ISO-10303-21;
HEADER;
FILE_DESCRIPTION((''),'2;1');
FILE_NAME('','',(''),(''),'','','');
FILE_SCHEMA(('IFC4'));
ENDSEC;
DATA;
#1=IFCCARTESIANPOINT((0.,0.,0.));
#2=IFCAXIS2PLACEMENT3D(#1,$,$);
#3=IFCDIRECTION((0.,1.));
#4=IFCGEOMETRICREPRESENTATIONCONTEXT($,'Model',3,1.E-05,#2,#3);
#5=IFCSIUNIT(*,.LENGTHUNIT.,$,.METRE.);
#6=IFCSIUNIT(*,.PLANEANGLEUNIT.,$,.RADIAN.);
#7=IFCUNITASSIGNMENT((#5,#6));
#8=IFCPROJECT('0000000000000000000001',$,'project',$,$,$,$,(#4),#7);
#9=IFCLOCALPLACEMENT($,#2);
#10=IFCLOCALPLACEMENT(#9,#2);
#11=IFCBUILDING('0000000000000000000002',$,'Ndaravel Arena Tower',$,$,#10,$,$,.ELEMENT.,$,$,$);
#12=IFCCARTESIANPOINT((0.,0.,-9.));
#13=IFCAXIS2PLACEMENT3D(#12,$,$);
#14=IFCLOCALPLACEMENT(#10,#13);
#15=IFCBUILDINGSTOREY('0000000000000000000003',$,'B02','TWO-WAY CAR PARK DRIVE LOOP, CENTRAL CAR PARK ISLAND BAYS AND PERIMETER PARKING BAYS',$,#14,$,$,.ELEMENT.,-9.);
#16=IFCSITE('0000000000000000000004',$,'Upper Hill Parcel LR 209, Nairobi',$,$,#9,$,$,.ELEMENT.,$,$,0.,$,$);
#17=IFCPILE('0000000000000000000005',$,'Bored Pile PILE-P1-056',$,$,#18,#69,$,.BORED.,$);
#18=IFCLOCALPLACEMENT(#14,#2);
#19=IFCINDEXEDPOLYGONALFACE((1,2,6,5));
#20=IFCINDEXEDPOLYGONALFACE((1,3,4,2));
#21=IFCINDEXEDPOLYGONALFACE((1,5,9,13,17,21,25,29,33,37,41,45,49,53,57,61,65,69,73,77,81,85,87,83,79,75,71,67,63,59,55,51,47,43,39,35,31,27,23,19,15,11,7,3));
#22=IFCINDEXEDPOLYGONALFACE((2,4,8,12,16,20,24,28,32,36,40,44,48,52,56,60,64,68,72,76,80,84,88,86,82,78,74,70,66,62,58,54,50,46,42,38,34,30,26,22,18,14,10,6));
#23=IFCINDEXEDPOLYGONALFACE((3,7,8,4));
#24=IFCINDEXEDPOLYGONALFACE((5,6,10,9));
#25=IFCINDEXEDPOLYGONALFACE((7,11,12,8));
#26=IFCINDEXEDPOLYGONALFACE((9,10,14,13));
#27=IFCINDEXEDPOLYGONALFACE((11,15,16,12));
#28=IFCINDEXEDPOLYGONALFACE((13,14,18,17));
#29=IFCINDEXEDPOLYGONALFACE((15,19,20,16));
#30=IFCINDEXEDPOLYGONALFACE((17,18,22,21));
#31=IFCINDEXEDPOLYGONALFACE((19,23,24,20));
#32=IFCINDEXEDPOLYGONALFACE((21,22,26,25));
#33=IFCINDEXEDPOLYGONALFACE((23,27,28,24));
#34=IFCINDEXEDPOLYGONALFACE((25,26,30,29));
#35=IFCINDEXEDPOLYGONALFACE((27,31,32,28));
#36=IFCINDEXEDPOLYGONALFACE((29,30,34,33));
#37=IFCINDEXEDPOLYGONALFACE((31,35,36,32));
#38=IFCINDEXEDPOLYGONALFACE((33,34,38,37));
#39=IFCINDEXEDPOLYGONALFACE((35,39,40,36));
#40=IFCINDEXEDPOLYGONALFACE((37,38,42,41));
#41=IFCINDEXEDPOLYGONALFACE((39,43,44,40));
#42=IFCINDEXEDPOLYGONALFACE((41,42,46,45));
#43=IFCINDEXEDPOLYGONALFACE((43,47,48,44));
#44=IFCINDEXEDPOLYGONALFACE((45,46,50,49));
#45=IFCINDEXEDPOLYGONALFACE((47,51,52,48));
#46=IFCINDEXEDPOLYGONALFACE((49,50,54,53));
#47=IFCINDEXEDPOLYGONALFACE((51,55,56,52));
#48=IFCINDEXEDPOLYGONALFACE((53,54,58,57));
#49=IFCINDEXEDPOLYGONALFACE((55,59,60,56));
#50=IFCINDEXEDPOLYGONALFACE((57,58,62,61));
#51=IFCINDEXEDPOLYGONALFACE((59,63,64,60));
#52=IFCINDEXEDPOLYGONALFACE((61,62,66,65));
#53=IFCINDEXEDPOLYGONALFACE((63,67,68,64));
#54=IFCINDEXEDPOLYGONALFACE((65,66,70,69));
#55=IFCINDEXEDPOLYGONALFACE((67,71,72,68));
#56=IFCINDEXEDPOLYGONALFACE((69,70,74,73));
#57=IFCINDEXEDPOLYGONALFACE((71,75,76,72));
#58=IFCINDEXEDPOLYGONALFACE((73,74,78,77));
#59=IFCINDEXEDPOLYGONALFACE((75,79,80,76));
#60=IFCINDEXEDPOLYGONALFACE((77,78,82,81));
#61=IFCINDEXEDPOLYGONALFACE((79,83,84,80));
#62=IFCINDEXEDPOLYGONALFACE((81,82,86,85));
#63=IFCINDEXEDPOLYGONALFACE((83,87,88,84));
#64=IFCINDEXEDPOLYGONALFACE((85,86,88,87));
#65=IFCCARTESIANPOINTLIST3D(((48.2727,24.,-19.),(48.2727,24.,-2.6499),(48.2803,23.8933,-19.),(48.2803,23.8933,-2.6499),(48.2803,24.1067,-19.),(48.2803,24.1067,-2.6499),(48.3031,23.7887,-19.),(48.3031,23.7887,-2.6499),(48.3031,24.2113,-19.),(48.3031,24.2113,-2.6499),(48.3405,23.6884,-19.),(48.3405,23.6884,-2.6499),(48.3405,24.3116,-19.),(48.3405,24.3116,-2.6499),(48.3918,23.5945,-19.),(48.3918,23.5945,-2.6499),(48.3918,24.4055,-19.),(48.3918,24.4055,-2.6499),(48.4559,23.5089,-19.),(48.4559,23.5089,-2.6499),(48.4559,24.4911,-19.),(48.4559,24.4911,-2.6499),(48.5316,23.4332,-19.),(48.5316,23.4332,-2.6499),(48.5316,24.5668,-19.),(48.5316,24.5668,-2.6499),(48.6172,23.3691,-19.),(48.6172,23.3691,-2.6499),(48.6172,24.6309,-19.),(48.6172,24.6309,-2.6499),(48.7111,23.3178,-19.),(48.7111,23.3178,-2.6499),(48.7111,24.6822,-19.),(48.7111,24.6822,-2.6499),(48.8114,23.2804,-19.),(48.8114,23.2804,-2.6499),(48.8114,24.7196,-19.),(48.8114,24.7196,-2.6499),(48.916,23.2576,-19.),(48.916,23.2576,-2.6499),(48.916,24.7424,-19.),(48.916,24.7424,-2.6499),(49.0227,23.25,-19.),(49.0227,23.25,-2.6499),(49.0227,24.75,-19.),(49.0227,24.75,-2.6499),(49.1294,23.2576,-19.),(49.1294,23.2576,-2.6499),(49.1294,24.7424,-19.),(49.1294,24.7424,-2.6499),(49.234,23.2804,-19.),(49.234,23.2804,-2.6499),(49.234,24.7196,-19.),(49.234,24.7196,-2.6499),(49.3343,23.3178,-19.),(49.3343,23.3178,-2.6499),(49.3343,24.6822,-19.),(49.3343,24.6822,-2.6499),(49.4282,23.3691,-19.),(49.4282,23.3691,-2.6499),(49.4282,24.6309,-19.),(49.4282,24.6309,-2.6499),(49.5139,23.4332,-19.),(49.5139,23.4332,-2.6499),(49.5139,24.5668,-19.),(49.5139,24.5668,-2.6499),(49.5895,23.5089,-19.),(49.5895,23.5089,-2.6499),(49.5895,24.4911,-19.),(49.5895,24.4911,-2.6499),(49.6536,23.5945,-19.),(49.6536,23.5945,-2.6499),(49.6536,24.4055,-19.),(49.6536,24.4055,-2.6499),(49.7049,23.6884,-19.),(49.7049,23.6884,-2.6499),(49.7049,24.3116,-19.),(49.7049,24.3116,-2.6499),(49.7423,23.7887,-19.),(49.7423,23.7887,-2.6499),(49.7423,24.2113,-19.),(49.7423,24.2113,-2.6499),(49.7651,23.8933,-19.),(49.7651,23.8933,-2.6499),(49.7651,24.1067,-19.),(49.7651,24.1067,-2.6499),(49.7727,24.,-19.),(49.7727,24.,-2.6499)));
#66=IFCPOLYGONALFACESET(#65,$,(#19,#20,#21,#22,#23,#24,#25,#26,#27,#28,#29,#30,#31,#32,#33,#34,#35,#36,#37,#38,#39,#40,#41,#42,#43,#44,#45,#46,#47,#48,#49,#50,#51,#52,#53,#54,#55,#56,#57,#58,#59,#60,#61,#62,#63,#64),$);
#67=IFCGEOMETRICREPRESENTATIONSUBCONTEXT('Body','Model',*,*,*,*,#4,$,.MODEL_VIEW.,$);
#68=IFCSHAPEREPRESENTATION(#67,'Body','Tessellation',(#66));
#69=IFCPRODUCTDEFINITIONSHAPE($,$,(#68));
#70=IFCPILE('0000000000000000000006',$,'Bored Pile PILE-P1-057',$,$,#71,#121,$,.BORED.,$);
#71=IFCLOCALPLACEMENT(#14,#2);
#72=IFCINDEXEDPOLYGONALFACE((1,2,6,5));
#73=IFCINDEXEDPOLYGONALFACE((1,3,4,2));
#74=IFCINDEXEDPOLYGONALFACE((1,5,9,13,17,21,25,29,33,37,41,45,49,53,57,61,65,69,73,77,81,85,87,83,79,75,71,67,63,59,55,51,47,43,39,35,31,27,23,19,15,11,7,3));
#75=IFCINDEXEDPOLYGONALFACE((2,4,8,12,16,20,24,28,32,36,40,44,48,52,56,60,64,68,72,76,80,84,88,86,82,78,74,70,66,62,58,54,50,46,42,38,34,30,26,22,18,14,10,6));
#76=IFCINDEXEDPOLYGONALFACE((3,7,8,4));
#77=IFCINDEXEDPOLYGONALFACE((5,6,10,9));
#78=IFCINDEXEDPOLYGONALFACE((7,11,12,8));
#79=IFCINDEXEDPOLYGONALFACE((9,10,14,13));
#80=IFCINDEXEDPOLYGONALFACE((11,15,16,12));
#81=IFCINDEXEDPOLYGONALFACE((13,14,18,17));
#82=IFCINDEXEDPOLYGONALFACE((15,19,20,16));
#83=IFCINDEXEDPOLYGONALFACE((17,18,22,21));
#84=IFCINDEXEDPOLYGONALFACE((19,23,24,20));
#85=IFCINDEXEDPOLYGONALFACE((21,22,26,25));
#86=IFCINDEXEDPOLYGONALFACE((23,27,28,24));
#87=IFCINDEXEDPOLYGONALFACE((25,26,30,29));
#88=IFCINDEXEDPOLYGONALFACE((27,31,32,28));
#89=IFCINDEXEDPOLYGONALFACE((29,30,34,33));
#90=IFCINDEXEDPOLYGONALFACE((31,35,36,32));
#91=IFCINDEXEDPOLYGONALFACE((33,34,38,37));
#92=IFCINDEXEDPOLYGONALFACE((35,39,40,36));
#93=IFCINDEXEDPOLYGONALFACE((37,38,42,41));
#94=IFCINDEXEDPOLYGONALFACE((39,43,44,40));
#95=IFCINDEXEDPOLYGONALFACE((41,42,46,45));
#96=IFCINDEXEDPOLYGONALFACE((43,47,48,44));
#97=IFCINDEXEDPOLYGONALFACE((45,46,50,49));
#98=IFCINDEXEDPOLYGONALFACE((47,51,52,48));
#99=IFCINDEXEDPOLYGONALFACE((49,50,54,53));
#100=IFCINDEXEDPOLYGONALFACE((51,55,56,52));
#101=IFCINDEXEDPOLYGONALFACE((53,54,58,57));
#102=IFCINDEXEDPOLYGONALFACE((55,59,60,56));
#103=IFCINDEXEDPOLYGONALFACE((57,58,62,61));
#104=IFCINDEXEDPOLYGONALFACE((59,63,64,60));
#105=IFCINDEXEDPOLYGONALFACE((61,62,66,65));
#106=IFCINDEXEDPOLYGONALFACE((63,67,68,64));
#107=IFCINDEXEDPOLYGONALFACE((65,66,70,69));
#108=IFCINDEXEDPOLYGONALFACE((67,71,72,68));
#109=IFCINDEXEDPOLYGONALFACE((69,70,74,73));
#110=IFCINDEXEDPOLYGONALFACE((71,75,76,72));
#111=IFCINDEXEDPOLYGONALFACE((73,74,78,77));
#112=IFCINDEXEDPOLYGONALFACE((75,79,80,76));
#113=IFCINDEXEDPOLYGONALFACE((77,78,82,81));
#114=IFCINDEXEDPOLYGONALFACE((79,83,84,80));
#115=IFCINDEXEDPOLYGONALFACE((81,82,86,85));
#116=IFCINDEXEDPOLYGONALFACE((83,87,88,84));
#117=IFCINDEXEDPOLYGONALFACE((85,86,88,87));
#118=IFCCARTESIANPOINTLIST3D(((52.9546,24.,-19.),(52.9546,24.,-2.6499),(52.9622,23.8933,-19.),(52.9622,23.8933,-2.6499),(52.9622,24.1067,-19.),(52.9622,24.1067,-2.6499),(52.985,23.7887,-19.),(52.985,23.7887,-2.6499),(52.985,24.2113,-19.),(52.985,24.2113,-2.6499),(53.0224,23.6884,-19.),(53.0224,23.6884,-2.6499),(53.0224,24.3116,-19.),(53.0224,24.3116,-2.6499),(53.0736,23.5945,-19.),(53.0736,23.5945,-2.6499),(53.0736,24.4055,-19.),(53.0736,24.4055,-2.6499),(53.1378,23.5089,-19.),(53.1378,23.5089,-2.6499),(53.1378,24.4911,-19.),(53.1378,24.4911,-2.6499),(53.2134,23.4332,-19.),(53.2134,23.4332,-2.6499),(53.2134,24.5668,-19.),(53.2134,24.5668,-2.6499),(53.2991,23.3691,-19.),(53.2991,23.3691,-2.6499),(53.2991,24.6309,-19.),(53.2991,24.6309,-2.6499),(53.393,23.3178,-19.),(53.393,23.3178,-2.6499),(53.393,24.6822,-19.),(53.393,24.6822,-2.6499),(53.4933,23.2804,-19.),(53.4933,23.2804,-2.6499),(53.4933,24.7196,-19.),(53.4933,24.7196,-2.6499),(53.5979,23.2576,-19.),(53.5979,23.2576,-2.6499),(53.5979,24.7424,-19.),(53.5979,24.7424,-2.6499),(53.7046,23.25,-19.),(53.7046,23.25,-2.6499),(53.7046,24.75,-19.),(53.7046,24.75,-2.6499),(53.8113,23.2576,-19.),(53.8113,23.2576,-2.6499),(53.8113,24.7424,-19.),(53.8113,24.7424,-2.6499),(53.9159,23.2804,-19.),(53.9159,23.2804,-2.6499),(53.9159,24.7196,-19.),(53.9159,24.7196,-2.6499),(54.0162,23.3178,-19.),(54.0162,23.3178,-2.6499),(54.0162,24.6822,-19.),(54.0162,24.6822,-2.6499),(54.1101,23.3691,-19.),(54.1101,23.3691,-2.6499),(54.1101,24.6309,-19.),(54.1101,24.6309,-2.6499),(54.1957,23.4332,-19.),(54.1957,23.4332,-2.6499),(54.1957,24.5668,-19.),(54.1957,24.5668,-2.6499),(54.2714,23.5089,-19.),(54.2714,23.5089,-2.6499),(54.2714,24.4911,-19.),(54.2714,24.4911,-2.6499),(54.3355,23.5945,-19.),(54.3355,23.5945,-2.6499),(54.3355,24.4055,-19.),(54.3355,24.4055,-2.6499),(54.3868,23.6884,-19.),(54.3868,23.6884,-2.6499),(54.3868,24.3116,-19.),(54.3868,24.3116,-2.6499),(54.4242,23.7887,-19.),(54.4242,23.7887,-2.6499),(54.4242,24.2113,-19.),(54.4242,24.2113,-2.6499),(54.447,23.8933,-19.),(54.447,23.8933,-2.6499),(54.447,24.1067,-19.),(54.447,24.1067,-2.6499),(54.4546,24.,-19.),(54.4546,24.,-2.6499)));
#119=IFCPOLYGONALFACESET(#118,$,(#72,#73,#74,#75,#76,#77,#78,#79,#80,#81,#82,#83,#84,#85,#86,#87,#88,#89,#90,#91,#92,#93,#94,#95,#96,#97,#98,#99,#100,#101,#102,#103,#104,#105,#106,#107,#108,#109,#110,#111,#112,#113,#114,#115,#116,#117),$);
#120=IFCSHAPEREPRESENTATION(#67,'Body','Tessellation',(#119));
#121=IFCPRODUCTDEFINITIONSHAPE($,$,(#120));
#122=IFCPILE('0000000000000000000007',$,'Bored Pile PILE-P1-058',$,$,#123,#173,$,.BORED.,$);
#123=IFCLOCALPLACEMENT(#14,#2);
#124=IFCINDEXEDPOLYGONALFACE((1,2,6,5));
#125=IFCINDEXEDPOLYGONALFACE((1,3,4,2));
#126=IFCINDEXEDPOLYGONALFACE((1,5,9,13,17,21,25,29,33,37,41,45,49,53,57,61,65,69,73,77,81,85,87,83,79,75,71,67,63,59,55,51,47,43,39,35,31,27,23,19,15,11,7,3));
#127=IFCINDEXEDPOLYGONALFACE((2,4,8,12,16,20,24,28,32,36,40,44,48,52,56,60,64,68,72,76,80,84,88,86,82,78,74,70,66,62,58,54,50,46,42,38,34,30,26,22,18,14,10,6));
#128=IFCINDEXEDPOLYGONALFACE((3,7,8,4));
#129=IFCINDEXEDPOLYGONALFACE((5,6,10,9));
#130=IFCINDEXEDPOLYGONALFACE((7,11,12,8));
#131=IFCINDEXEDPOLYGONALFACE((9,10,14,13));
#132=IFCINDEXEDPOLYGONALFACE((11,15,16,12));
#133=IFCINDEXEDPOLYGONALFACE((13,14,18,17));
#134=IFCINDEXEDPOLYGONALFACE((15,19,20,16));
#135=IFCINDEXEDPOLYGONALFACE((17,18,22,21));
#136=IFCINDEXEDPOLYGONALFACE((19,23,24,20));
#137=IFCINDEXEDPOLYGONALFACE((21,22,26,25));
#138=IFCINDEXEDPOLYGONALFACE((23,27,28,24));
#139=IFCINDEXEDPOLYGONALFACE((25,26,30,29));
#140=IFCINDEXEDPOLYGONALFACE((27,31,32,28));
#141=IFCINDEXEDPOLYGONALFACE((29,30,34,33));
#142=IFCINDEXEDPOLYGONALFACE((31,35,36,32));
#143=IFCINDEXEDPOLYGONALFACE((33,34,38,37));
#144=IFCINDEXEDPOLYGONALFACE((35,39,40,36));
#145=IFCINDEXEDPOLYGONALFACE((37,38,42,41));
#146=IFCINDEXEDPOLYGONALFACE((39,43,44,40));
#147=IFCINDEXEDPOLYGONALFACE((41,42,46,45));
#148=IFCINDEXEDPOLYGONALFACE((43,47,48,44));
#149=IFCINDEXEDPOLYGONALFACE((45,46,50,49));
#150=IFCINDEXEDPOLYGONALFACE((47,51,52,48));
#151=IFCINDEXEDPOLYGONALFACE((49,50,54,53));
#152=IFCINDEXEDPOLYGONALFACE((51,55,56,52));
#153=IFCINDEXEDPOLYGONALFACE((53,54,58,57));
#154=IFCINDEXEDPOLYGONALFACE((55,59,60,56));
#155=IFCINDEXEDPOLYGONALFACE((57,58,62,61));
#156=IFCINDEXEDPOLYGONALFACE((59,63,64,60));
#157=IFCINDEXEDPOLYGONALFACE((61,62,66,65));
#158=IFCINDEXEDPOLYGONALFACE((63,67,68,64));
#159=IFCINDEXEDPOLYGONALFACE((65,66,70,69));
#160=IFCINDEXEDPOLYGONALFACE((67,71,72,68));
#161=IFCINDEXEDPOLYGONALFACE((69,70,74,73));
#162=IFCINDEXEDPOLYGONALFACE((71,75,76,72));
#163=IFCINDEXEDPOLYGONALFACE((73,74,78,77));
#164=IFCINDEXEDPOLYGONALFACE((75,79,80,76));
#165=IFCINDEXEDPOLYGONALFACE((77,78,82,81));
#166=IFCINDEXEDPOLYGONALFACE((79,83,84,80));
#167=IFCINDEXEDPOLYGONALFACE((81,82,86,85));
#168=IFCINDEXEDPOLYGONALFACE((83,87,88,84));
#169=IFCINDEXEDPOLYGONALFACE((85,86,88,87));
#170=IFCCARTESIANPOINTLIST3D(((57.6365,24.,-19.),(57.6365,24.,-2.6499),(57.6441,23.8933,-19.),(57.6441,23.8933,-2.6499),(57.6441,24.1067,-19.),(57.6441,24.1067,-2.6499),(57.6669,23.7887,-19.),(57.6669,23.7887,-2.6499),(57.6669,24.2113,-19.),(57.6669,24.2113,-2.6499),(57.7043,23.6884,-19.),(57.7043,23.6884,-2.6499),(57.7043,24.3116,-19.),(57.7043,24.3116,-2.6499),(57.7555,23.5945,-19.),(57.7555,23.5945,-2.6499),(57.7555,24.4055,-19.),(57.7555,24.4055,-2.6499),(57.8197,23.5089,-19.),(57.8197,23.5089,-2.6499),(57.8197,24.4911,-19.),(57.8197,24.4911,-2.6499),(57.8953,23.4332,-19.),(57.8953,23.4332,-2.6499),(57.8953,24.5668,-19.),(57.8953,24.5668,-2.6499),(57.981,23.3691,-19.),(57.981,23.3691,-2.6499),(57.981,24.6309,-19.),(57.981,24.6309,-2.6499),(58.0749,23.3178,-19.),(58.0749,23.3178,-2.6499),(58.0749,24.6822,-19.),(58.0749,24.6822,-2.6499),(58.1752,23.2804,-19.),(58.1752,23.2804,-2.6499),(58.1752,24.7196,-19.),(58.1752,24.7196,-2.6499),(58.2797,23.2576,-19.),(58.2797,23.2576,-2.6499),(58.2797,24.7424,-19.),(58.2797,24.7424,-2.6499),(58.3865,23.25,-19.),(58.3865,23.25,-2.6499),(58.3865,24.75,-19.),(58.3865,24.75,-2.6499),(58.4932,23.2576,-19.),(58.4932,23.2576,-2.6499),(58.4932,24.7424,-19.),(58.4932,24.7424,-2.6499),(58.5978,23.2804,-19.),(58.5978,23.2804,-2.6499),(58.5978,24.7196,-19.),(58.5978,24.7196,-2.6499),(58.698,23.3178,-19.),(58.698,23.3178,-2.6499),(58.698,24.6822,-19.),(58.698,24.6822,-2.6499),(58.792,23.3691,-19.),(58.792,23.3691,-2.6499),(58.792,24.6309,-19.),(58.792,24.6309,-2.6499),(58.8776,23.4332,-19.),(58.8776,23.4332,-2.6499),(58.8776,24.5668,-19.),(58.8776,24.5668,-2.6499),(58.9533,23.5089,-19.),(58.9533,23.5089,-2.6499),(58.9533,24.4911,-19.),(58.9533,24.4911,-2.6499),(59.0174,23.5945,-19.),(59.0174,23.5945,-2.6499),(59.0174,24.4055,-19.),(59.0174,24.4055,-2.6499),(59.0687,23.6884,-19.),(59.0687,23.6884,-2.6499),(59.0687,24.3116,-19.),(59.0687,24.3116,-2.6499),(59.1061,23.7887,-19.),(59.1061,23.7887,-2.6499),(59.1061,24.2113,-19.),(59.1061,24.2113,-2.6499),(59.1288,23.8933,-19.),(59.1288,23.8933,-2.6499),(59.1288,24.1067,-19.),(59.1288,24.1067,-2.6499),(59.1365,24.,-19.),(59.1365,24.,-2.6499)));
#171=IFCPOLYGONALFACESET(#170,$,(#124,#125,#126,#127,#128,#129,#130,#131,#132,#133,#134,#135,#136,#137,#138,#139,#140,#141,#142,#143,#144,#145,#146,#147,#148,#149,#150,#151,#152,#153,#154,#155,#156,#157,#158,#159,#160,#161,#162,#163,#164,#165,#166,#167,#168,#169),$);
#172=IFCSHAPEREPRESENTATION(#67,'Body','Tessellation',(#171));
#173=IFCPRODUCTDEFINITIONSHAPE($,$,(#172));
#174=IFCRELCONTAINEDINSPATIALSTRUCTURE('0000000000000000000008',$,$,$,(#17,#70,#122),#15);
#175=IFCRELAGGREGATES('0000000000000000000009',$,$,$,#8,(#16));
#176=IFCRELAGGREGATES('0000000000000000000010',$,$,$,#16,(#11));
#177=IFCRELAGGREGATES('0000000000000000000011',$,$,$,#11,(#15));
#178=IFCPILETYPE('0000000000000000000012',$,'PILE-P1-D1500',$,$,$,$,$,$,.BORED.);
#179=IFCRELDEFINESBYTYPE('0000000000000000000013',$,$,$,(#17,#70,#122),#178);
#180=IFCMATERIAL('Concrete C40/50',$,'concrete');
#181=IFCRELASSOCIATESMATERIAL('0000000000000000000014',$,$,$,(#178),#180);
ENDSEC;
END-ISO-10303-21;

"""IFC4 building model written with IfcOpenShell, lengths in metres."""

from ifc_helpers import new_model, si_unit, direction, frame, origin, origin_2d, place, context, subcontext, project, spatial, circle, extrude, material, material_profile, profile_set, type_object, element, save


model = new_model("IFC4")

# Units and contexts
model_context = context("Model", 3, precision=1e-05, world=origin(), true_north=direction((0.0, 1.0)))
body_context = subcontext(model_context, "Body", "Model", "MODEL_VIEW")
ifc_project = project(units=[si_unit("LENGTHUNIT", "METRE"), si_unit("PLANEANGLEUNIT", "RADIAN")], contexts=[model_context])

# Site, building, storey
site_placement = place(None, origin())
site = spatial("IfcSite", under=ifc_project, at=site_placement, Name="Upper Hill Parcel LR 209, Nairobi", CompositionType="ELEMENT", RefElevation=0.0)
building_placement = place(site_placement, origin())
building = spatial("IfcBuilding", under=site, at=building_placement, Name="Ndaravel Arena Tower", CompositionType="ELEMENT")
storey_placement = place(building_placement, frame((0.0, 0.0, -9.0)))
storey = spatial("IfcBuildingStorey", under=building, at=storey_placement, Name="B02", Description="TWO-WAY CAR PARK DRIVE LOOP, CENTRAL CAR PARK ISLAND BAYS AND PERIMETER PARKING BAYS", CompositionType="ELEMENT", Elevation=-9.0)

# Piles
ifc_material_1 = material(Name="Concrete C40/50", Category="concrete")
ifc_material_profile_1 = material_profile(ifc_material_1, circle(Radius=0.75, at=origin_2d()), Name="BORED PILE D1500")
ifc_profile_set_1 = profile_set([ifc_material_profile_1], Name="Concrete C40/50")
pile_type = type_object("IfcPileType", Name="PILE-P1-D1500", PredefinedType="BORED", material=ifc_profile_set_1)
for number, where, z_axis, x_axis, name in (
    (1, (49.0227, 24.0, -2.6499), (0.0, 0.0, -1.0), (1.0, 0.0, 0.0), "Bored Pile PILE-P1-056"),
    (2, (53.7046, 24.0, -2.6499), (0.0, 0.0, -1.0), (1.0, 0.0, 0.0), "Bored Pile PILE-P1-057"),
    (3, (58.3865, 24.0, -2.6499), (0.0, 0.0, -1.0), (1.0, 0.0, 0.0), "Bored Pile PILE-P1-058"),
):
    element("IfcPile", number, at=place(storey_placement, frame(where, z_axis=z_axis, x_axis=x_axis)), inside=storey, type_object=pile_type, Name=name, PredefinedType="BORED", context=body_context, shape_type="SweptSolid", body=[
        extrude(circle(Radius=0.75, at=origin_2d()), origin(), (0.0, 0.0, 1.0), 16.3501),
    ])

save(model, "model.ifc")
